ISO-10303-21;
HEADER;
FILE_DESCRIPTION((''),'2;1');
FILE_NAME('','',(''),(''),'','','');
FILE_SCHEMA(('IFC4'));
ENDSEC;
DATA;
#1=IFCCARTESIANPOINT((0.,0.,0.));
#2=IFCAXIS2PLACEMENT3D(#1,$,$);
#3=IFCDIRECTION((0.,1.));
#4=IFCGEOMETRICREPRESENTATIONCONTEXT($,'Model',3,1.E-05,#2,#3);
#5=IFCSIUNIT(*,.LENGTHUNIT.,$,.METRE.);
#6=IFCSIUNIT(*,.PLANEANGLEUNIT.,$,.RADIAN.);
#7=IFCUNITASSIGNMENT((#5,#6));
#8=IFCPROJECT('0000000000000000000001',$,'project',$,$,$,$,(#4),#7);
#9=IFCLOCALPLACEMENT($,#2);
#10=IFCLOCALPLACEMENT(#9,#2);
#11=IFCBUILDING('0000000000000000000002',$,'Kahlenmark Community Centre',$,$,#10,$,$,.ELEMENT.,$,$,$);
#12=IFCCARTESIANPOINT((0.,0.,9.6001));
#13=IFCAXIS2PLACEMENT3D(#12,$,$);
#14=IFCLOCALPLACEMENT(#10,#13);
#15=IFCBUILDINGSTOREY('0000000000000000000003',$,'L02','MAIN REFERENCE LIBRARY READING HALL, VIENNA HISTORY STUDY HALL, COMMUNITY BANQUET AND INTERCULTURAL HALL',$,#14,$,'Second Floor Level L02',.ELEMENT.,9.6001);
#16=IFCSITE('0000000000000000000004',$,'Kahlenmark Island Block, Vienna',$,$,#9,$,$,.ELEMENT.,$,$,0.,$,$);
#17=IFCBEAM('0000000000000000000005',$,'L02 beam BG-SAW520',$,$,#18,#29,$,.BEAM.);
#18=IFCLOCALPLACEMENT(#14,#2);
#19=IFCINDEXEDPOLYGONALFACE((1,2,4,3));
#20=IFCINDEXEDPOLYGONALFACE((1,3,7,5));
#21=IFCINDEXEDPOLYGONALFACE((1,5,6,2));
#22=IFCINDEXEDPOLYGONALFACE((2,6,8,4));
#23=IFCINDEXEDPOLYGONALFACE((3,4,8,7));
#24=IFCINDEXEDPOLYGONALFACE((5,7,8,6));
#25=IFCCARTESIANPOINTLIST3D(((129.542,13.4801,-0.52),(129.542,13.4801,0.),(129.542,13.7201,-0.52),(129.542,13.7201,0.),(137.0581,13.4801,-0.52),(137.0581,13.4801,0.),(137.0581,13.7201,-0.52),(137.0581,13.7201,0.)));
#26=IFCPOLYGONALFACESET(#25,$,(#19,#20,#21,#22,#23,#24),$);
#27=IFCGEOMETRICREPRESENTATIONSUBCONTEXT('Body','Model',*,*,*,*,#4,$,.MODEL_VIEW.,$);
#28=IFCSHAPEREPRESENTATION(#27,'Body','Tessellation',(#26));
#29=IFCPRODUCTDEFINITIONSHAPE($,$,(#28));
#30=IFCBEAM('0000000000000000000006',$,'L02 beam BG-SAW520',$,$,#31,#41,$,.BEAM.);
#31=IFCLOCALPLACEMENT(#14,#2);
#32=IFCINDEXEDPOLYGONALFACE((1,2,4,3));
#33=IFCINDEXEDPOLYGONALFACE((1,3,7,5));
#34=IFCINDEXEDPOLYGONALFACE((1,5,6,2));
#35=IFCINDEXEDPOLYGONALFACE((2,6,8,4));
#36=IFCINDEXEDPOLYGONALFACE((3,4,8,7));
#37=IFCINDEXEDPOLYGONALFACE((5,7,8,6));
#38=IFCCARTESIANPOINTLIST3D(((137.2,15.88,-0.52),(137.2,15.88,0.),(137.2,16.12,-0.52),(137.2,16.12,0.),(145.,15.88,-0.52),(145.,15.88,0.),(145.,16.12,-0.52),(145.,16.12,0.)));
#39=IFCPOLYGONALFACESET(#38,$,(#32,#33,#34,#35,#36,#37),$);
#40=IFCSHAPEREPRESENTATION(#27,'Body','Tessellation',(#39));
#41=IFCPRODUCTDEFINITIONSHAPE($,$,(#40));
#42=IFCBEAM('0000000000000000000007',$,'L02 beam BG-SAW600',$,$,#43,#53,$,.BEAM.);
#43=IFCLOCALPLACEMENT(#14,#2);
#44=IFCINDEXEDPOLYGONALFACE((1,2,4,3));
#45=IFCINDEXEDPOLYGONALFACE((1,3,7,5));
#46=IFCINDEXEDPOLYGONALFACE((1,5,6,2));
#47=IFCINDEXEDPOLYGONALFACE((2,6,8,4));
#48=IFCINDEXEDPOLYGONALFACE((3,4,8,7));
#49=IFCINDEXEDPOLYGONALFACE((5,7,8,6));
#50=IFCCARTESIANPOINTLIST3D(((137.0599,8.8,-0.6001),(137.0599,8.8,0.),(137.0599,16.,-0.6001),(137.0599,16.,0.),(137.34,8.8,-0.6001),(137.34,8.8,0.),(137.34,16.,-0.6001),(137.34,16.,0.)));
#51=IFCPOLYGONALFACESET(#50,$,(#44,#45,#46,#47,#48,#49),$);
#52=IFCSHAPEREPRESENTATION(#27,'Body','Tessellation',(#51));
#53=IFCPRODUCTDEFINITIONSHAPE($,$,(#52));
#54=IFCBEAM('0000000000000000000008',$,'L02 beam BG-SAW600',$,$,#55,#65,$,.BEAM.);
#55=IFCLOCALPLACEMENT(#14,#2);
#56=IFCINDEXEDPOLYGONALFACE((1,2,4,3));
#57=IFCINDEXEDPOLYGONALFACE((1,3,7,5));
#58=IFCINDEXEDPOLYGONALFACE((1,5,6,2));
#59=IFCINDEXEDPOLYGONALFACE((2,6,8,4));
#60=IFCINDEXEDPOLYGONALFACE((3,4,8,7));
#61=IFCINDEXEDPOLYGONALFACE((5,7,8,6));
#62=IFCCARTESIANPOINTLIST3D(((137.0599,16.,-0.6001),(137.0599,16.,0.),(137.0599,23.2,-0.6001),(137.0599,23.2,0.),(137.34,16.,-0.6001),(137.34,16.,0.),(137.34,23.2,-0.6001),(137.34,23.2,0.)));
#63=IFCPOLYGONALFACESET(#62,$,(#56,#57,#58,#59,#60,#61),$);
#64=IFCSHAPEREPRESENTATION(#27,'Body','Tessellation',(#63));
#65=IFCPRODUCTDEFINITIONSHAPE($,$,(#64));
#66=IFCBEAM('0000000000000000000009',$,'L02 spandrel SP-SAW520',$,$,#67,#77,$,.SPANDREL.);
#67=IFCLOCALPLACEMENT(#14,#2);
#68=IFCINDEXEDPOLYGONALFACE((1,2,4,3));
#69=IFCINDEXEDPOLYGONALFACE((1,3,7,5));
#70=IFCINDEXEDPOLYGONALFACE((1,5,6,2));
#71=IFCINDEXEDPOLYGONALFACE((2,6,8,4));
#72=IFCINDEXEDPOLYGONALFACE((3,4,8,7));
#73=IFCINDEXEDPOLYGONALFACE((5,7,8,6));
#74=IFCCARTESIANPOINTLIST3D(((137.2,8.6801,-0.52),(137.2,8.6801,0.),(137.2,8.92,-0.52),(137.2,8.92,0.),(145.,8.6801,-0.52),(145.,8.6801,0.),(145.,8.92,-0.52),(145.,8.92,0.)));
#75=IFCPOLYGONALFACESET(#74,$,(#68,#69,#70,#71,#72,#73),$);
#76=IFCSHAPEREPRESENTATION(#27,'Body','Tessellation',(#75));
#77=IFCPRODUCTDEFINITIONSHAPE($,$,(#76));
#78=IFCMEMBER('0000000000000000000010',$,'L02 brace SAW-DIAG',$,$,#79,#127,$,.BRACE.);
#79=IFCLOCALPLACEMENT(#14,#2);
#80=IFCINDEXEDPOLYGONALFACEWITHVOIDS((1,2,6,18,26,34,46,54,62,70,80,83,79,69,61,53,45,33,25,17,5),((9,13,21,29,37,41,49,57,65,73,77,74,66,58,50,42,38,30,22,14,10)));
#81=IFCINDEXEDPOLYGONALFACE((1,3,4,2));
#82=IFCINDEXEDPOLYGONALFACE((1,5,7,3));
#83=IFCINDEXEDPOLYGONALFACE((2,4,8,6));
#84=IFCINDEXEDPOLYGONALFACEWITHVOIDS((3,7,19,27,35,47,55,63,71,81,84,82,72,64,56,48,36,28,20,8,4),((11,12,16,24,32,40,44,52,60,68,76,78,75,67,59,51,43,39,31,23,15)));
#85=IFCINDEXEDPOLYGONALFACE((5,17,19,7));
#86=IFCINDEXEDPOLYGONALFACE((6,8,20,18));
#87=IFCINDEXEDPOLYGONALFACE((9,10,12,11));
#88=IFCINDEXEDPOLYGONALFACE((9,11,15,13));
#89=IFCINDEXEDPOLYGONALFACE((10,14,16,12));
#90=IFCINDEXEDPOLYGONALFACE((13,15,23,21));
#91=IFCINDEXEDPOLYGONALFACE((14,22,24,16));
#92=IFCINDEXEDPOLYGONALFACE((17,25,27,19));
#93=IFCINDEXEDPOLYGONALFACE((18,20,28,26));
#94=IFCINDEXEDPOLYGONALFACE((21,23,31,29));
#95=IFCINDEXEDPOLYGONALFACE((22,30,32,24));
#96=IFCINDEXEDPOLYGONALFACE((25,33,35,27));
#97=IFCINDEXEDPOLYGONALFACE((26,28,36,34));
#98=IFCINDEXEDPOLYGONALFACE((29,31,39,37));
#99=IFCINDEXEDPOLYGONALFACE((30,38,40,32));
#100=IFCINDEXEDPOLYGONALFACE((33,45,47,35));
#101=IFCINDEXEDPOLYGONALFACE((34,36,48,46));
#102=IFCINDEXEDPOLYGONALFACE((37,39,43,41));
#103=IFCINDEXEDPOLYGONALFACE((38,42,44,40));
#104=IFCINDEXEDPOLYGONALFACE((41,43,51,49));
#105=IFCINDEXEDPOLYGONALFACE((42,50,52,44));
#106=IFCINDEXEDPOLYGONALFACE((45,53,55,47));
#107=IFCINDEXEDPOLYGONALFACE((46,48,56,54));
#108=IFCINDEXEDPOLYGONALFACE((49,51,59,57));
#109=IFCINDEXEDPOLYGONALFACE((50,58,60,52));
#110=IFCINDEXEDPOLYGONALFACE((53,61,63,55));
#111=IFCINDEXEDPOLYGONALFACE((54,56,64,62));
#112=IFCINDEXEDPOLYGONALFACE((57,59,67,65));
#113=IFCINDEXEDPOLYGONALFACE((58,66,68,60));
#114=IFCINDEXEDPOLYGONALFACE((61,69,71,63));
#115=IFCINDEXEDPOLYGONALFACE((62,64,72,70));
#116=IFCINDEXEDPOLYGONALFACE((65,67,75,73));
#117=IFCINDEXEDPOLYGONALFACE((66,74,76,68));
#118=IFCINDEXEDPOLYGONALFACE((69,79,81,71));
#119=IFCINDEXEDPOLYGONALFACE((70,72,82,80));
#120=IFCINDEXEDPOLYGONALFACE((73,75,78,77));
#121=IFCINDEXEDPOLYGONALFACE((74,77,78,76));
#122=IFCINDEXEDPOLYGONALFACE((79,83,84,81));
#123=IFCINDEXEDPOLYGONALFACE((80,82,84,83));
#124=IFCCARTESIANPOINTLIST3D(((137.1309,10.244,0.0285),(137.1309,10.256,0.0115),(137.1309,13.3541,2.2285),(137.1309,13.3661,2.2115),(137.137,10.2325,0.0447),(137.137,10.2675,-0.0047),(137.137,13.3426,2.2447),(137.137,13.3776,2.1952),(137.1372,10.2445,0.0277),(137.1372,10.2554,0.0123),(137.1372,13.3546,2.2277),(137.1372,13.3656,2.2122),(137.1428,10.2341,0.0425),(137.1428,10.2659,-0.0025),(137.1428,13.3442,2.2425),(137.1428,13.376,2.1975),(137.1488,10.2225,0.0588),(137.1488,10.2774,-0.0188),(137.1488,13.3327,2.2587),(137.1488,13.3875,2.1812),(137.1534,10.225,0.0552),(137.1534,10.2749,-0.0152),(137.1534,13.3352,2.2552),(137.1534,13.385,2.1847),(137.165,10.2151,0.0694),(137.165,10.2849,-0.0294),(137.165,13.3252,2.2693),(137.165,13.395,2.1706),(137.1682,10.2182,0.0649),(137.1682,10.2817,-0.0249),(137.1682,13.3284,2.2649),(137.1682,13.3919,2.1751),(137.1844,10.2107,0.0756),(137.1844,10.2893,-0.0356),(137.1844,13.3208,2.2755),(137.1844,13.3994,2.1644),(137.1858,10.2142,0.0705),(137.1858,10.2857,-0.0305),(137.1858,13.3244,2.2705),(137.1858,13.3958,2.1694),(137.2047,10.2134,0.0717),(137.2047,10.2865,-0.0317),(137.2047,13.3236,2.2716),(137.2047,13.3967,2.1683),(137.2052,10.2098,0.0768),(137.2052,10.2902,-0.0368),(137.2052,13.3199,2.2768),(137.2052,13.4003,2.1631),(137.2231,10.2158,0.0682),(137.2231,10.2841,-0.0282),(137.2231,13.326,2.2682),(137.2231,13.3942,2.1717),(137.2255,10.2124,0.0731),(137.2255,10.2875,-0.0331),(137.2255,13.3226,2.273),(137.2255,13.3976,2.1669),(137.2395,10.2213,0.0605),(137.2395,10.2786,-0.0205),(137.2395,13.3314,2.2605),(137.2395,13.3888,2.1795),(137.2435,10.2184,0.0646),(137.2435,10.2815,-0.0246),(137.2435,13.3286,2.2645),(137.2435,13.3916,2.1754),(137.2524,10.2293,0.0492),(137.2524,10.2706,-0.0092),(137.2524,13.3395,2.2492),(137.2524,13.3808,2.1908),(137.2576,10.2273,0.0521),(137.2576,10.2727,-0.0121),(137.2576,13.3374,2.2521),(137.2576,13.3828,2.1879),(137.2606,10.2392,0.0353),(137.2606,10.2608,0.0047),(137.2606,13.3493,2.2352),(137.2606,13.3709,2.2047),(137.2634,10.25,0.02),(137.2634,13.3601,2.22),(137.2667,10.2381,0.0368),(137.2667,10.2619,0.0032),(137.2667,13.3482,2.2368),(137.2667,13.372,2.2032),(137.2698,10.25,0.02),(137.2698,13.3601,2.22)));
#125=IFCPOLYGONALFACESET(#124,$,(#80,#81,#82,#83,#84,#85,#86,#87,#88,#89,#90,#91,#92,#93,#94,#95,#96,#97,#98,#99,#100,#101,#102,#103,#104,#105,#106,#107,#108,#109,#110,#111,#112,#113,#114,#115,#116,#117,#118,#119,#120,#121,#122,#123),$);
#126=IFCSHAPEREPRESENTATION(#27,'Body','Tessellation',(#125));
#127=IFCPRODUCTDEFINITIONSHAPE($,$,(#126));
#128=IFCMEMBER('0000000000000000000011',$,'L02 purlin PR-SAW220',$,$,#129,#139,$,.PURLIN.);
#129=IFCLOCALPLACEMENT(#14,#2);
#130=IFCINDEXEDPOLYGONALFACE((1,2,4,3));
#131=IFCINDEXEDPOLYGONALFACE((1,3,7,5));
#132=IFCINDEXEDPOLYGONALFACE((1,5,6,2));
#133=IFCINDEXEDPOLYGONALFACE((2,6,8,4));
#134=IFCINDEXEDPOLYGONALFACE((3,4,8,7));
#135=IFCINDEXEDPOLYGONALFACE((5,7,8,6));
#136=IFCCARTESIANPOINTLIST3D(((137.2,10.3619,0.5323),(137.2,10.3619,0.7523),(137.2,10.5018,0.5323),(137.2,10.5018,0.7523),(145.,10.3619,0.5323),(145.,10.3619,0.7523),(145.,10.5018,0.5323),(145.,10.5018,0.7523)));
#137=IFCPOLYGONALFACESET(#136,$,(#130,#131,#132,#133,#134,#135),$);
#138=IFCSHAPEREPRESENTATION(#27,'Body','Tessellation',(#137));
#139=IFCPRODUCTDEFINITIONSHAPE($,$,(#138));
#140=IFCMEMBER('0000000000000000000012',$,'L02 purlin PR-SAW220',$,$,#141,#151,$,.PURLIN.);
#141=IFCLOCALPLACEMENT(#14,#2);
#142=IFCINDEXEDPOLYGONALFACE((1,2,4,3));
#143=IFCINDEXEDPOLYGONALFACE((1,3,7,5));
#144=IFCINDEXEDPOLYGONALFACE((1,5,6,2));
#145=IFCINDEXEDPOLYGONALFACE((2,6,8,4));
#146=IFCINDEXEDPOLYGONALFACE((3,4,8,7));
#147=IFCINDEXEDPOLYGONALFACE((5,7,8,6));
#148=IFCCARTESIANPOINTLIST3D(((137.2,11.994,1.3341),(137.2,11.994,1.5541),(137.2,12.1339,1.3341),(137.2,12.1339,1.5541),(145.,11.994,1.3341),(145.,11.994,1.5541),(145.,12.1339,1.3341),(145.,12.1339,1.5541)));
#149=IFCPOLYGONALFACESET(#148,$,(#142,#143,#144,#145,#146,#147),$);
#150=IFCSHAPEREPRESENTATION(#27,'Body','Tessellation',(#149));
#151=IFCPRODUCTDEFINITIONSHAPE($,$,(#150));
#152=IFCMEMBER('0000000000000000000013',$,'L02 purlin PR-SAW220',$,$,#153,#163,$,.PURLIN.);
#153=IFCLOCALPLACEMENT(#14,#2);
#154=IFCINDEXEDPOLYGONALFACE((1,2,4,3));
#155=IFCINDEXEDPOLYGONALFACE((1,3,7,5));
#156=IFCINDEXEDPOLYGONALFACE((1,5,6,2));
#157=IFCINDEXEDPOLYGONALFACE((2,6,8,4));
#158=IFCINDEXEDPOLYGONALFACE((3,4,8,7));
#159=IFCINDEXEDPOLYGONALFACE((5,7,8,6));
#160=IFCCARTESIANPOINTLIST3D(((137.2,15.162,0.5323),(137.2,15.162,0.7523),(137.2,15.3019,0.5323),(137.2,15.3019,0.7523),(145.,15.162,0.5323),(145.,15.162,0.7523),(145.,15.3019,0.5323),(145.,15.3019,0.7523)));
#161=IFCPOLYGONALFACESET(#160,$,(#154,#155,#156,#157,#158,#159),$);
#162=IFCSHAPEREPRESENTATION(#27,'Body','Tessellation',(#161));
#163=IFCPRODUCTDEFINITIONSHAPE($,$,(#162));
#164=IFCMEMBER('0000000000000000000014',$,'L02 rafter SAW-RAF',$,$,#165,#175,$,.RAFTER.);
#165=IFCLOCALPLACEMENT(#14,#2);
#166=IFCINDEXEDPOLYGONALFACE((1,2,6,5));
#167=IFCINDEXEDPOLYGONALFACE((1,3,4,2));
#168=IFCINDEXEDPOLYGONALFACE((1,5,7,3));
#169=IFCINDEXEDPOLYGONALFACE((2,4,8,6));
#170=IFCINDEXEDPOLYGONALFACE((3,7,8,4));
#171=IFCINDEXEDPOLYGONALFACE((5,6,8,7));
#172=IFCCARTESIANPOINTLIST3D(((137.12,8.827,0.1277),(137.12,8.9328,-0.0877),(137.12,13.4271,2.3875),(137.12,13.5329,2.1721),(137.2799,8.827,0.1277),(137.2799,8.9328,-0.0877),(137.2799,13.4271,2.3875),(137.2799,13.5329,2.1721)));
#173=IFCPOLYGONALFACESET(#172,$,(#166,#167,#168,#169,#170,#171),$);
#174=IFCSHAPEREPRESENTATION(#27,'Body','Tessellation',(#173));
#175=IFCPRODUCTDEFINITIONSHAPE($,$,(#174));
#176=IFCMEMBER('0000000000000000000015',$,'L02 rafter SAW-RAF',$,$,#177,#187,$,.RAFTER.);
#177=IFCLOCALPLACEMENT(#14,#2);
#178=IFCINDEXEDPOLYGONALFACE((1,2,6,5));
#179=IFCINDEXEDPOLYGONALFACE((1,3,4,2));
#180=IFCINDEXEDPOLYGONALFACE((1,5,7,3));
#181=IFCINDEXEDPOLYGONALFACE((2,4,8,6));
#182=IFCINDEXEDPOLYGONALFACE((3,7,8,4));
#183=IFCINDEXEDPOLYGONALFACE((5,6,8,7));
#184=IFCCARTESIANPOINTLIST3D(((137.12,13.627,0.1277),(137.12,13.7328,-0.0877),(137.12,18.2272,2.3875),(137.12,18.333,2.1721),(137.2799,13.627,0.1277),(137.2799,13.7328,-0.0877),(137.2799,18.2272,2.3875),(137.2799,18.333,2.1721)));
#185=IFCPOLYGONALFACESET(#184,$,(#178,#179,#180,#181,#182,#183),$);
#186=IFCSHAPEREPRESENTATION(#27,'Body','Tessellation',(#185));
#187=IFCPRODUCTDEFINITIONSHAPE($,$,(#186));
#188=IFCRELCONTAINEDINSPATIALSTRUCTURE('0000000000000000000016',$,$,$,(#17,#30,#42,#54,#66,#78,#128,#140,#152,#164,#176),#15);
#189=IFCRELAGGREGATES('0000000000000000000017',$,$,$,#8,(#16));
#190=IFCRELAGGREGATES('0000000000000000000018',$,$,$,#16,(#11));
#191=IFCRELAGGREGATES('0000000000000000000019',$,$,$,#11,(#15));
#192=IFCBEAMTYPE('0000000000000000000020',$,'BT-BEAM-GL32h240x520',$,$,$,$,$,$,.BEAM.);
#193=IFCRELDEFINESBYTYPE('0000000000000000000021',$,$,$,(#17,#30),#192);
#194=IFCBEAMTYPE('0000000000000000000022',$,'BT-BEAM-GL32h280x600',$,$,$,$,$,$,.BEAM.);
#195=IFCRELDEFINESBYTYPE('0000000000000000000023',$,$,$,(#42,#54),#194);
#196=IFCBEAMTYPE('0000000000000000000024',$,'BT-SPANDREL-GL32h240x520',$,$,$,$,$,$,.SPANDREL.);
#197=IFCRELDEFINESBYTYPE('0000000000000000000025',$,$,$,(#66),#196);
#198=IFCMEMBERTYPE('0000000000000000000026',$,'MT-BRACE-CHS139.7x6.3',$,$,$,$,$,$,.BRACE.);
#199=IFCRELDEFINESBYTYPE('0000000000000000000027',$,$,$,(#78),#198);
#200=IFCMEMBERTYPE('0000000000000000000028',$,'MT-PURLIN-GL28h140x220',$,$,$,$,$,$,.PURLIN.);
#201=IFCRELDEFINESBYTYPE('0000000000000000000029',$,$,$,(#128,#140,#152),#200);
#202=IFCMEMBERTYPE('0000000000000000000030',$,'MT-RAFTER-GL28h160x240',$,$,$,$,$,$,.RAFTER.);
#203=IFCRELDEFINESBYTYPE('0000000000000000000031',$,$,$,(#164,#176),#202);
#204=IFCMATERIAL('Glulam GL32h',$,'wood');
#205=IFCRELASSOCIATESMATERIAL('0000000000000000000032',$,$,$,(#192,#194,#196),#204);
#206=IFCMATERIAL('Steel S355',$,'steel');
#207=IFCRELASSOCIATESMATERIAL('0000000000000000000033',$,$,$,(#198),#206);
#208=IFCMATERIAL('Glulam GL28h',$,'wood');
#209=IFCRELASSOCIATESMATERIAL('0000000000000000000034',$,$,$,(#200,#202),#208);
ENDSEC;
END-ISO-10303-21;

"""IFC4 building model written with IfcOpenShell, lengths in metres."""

from ifc_helpers import new_model, si_unit, direction, frame, origin, origin_2d, place, context, subcontext, project, spatial, rectangle, hollow_circle, extrude, material, material_profile, profile_set, type_object, element, save


model = new_model("IFC4")

# Units and contexts
model_context = context("Model", 3, precision=1e-05, world=origin(), true_north=direction((0.0, 1.0)))
body_context = subcontext(model_context, "Body", "Model", "MODEL_VIEW")
ifc_project = project(units=[si_unit("LENGTHUNIT", "METRE"), si_unit("PLANEANGLEUNIT", "RADIAN")], contexts=[model_context])

# Site, building, storey
site_placement = place(None, origin())
site = spatial("IfcSite", under=ifc_project, at=site_placement, Name="Kahlenmark Island Block, Vienna", CompositionType="ELEMENT", RefElevation=0.0)
building_placement = place(site_placement, origin())
building = spatial("IfcBuilding", under=site, at=building_placement, Name="Kahlenmark Community Centre", CompositionType="ELEMENT")
storey_placement = place(building_placement, frame((0.0, 0.0, 9.6001)))
storey = spatial("IfcBuildingStorey", under=building, at=storey_placement, Name="L02", Description="MAIN REFERENCE LIBRARY READING HALL, VIENNA HISTORY STUDY HALL, COMMUNITY BANQUET AND INTERCULTURAL HALL", LongName="Second Floor Level L02", CompositionType="ELEMENT", Elevation=9.6001)

# Beams
ifc_material_1 = material(Name="Glulam GL32h", Category="wood")
ifc_material_profile_1 = material_profile(ifc_material_1, rectangle(XDim=0.24, YDim=0.52, at=origin_2d()), Name="GL32h 240x520")
ifc_profile_set_1 = profile_set([ifc_material_profile_1], Name="Glulam GL32h")
beam_type_1 = type_object("IfcBeamType", Name="BT-BEAM-GL32h240x520", PredefinedType="BEAM", material=ifc_profile_set_1)
beam_1_placement = place(storey_placement, frame((129.542, 13.6001, -0.26), z_axis=(1.0, 0.0, 0.0), x_axis=(0.0, 1.0, 0.0)))
element("IfcBeam", 1, at=beam_1_placement, inside=storey, type_object=beam_type_1, Name="L02 beam BG-SAW520", PredefinedType="BEAM", context=body_context, shape_type="SweptSolid", body=[
    extrude(rectangle(XDim=0.24, YDim=0.52, at=origin_2d()), origin(), (0.0, 0.0, 1.0), 7.5161),
])
beam_2_placement = place(storey_placement, frame((137.2, 16.0, -0.26), z_axis=(1.0, 0.0, 0.0), x_axis=(0.0, 1.0, 0.0)))
element("IfcBeam", 2, at=beam_2_placement, inside=storey, type_object=beam_type_1, Name="L02 beam BG-SAW520", PredefinedType="BEAM", context=body_context, shape_type="SweptSolid", body=[
    extrude(rectangle(XDim=0.24, YDim=0.52, at=origin_2d()), origin(), (0.0, 0.0, 1.0), 7.8),
])
ifc_material_profile_2 = material_profile(ifc_material_1, rectangle(XDim=0.28, YDim=0.6001, at=origin_2d()), Name="GL32h 280x600")
ifc_profile_set_2 = profile_set([ifc_material_profile_2], Name="Glulam GL32h")
beam_type_2 = type_object("IfcBeamType", Name="BT-BEAM-GL32h280x600", PredefinedType="BEAM", material=ifc_profile_set_2)
for number, where, z_axis, x_axis, name in (
    (3, (137.2, 8.8, -0.3), (0.0, 1.0, 0.0), (-1.0, 0.0, 0.0), "L02 beam BG-SAW600"),
    (4, (137.2, 16.0, -0.3), (0.0, 1.0, 0.0), (-1.0, 0.0, 0.0), "L02 beam BG-SAW600"),
):
    element("IfcBeam", number, at=place(storey_placement, frame(where, z_axis=z_axis, x_axis=x_axis)), inside=storey, type_object=beam_type_2, Name=name, PredefinedType="BEAM", context=body_context, shape_type="SweptSolid", body=[
        extrude(rectangle(XDim=0.28, YDim=0.6001, at=origin_2d()), origin(), (0.0, 0.0, 1.0), 7.2),
    ])
ifc_material_profile_3 = material_profile(ifc_material_1, rectangle(XDim=0.24, YDim=0.52, at=origin_2d()), Name="GL32h 240x520")
ifc_profile_set_3 = profile_set([ifc_material_profile_3], Name="Glulam GL32h")
beam_type_3 = type_object("IfcBeamType", Name="BT-SPANDREL-GL32h240x520", PredefinedType="SPANDREL", material=ifc_profile_set_3)
beam_3_placement = place(storey_placement, frame((137.2, 8.8, -0.26), z_axis=(1.0, 0.0, 0.0), x_axis=(0.0, 1.0, 0.0)))
element("IfcBeam", 5, at=beam_3_placement, inside=storey, type_object=beam_type_3, Name="L02 spandrel SP-SAW520", PredefinedType="SPANDREL", context=body_context, shape_type="SweptSolid", body=[
    extrude(rectangle(XDim=0.24, YDim=0.52, at=origin_2d()), origin(), (0.0, 0.0, 1.0), 7.8),
])

# Members
ifc_material_2 = material(Name="Steel S355", Category="steel")
ifc_material_profile_4 = material_profile(ifc_material_2, hollow_circle(Radius=0.0698, WallThickness=0.0063, at=origin_2d()), Name="CHS 139.7x6.3")
ifc_profile_set_4 = profile_set([ifc_material_profile_4], Name="Steel S355")
member_type_1 = type_object("IfcMemberType", Name="MT-BRACE-CHS139.7x6.3", PredefinedType="BRACE", material=ifc_profile_set_4)
member_1_placement = place(storey_placement, frame((137.2, 13.3601, 2.22), z_axis=(0.0, -0.816401, -0.577486), x_axis=(1.0, 0.0, 0.0)))
element("IfcMember", 6, at=member_1_placement, inside=storey, type_object=member_type_1, Name="L02 brace SAW-DIAG", PredefinedType="BRACE", context=body_context, shape_type="SweptSolid", body=[
    extrude(hollow_circle(Radius=0.0698, WallThickness=0.0063, at=origin_2d()), origin(), (0.0, 0.0, 1.0), 3.8096),
])
ifc_material_3 = material(Name="Glulam GL28h", Category="wood")
ifc_material_profile_5 = material_profile(ifc_material_3, rectangle(XDim=0.1399, YDim=0.22, at=origin_2d()), Name="GL28h 140x220")
ifc_profile_set_5 = profile_set([ifc_material_profile_5], Name="Glulam GL28h")
member_type_2 = type_object("IfcMemberType", Name="MT-PURLIN-GL28h140x220", PredefinedType="PURLIN", material=ifc_profile_set_5)
for number, where, z_axis, x_axis, name in (
    (7, (137.2, 10.4319, 0.6423), (1.0, 0.0, 0.0), (0.0, 1.0, 0.0), "L02 purlin PR-SAW220"),
    (8, (137.2, 12.064, 1.4441), (1.0, 0.0, 0.0), (0.0, 1.0, 0.0), "L02 purlin PR-SAW220"),
    (9, (137.2, 15.2319, 0.6423), (1.0, 0.0, 0.0), (0.0, 1.0, 0.0), "L02 purlin PR-SAW220"),
):
    element("IfcMember", number, at=place(storey_placement, frame(where, z_axis=z_axis, x_axis=x_axis)), inside=storey, type_object=member_type_2, Name=name, PredefinedType="PURLIN", context=body_context, shape_type="SweptSolid", body=[
        extrude(rectangle(XDim=0.1399, YDim=0.22, at=origin_2d()), origin(), (0.0, 0.0, 1.0), 7.8),
    ])
ifc_material_profile_6 = material_profile(ifc_material_3, rectangle(XDim=0.1599, YDim=0.24, at=origin_2d()), Name="GL28h 160x240")
ifc_profile_set_6 = profile_set([ifc_material_profile_6], Name="Glulam GL28h")
member_type_3 = type_object("IfcMemberType", Name="MT-RAFTER-GL28h160x240", PredefinedType="RAFTER", material=ifc_profile_set_6)
for number, where, z_axis, x_axis, name in (
    (10, (137.2, 8.8799, 0.02), (0.0, 0.897549, 0.440915), (-1.0, 0.0, 0.0), "L02 rafter SAW-RAF"),
    (11, (137.2, 13.6799, 0.02), (0.0, 0.897549, 0.440915), (-1.0, 0.0, 0.0), "L02 rafter SAW-RAF"),
):
    element("IfcMember", number, at=place(storey_placement, frame(where, z_axis=z_axis, x_axis=x_axis)), inside=storey, type_object=member_type_3, Name=name, PredefinedType="RAFTER", context=body_context, shape_type="SweptSolid", body=[
        extrude(rectangle(XDim=0.1599, YDim=0.24, at=origin_2d()), origin(), (0.0, 0.0, 1.0), 5.1252),
    ])

save(model, "model.ifc")
